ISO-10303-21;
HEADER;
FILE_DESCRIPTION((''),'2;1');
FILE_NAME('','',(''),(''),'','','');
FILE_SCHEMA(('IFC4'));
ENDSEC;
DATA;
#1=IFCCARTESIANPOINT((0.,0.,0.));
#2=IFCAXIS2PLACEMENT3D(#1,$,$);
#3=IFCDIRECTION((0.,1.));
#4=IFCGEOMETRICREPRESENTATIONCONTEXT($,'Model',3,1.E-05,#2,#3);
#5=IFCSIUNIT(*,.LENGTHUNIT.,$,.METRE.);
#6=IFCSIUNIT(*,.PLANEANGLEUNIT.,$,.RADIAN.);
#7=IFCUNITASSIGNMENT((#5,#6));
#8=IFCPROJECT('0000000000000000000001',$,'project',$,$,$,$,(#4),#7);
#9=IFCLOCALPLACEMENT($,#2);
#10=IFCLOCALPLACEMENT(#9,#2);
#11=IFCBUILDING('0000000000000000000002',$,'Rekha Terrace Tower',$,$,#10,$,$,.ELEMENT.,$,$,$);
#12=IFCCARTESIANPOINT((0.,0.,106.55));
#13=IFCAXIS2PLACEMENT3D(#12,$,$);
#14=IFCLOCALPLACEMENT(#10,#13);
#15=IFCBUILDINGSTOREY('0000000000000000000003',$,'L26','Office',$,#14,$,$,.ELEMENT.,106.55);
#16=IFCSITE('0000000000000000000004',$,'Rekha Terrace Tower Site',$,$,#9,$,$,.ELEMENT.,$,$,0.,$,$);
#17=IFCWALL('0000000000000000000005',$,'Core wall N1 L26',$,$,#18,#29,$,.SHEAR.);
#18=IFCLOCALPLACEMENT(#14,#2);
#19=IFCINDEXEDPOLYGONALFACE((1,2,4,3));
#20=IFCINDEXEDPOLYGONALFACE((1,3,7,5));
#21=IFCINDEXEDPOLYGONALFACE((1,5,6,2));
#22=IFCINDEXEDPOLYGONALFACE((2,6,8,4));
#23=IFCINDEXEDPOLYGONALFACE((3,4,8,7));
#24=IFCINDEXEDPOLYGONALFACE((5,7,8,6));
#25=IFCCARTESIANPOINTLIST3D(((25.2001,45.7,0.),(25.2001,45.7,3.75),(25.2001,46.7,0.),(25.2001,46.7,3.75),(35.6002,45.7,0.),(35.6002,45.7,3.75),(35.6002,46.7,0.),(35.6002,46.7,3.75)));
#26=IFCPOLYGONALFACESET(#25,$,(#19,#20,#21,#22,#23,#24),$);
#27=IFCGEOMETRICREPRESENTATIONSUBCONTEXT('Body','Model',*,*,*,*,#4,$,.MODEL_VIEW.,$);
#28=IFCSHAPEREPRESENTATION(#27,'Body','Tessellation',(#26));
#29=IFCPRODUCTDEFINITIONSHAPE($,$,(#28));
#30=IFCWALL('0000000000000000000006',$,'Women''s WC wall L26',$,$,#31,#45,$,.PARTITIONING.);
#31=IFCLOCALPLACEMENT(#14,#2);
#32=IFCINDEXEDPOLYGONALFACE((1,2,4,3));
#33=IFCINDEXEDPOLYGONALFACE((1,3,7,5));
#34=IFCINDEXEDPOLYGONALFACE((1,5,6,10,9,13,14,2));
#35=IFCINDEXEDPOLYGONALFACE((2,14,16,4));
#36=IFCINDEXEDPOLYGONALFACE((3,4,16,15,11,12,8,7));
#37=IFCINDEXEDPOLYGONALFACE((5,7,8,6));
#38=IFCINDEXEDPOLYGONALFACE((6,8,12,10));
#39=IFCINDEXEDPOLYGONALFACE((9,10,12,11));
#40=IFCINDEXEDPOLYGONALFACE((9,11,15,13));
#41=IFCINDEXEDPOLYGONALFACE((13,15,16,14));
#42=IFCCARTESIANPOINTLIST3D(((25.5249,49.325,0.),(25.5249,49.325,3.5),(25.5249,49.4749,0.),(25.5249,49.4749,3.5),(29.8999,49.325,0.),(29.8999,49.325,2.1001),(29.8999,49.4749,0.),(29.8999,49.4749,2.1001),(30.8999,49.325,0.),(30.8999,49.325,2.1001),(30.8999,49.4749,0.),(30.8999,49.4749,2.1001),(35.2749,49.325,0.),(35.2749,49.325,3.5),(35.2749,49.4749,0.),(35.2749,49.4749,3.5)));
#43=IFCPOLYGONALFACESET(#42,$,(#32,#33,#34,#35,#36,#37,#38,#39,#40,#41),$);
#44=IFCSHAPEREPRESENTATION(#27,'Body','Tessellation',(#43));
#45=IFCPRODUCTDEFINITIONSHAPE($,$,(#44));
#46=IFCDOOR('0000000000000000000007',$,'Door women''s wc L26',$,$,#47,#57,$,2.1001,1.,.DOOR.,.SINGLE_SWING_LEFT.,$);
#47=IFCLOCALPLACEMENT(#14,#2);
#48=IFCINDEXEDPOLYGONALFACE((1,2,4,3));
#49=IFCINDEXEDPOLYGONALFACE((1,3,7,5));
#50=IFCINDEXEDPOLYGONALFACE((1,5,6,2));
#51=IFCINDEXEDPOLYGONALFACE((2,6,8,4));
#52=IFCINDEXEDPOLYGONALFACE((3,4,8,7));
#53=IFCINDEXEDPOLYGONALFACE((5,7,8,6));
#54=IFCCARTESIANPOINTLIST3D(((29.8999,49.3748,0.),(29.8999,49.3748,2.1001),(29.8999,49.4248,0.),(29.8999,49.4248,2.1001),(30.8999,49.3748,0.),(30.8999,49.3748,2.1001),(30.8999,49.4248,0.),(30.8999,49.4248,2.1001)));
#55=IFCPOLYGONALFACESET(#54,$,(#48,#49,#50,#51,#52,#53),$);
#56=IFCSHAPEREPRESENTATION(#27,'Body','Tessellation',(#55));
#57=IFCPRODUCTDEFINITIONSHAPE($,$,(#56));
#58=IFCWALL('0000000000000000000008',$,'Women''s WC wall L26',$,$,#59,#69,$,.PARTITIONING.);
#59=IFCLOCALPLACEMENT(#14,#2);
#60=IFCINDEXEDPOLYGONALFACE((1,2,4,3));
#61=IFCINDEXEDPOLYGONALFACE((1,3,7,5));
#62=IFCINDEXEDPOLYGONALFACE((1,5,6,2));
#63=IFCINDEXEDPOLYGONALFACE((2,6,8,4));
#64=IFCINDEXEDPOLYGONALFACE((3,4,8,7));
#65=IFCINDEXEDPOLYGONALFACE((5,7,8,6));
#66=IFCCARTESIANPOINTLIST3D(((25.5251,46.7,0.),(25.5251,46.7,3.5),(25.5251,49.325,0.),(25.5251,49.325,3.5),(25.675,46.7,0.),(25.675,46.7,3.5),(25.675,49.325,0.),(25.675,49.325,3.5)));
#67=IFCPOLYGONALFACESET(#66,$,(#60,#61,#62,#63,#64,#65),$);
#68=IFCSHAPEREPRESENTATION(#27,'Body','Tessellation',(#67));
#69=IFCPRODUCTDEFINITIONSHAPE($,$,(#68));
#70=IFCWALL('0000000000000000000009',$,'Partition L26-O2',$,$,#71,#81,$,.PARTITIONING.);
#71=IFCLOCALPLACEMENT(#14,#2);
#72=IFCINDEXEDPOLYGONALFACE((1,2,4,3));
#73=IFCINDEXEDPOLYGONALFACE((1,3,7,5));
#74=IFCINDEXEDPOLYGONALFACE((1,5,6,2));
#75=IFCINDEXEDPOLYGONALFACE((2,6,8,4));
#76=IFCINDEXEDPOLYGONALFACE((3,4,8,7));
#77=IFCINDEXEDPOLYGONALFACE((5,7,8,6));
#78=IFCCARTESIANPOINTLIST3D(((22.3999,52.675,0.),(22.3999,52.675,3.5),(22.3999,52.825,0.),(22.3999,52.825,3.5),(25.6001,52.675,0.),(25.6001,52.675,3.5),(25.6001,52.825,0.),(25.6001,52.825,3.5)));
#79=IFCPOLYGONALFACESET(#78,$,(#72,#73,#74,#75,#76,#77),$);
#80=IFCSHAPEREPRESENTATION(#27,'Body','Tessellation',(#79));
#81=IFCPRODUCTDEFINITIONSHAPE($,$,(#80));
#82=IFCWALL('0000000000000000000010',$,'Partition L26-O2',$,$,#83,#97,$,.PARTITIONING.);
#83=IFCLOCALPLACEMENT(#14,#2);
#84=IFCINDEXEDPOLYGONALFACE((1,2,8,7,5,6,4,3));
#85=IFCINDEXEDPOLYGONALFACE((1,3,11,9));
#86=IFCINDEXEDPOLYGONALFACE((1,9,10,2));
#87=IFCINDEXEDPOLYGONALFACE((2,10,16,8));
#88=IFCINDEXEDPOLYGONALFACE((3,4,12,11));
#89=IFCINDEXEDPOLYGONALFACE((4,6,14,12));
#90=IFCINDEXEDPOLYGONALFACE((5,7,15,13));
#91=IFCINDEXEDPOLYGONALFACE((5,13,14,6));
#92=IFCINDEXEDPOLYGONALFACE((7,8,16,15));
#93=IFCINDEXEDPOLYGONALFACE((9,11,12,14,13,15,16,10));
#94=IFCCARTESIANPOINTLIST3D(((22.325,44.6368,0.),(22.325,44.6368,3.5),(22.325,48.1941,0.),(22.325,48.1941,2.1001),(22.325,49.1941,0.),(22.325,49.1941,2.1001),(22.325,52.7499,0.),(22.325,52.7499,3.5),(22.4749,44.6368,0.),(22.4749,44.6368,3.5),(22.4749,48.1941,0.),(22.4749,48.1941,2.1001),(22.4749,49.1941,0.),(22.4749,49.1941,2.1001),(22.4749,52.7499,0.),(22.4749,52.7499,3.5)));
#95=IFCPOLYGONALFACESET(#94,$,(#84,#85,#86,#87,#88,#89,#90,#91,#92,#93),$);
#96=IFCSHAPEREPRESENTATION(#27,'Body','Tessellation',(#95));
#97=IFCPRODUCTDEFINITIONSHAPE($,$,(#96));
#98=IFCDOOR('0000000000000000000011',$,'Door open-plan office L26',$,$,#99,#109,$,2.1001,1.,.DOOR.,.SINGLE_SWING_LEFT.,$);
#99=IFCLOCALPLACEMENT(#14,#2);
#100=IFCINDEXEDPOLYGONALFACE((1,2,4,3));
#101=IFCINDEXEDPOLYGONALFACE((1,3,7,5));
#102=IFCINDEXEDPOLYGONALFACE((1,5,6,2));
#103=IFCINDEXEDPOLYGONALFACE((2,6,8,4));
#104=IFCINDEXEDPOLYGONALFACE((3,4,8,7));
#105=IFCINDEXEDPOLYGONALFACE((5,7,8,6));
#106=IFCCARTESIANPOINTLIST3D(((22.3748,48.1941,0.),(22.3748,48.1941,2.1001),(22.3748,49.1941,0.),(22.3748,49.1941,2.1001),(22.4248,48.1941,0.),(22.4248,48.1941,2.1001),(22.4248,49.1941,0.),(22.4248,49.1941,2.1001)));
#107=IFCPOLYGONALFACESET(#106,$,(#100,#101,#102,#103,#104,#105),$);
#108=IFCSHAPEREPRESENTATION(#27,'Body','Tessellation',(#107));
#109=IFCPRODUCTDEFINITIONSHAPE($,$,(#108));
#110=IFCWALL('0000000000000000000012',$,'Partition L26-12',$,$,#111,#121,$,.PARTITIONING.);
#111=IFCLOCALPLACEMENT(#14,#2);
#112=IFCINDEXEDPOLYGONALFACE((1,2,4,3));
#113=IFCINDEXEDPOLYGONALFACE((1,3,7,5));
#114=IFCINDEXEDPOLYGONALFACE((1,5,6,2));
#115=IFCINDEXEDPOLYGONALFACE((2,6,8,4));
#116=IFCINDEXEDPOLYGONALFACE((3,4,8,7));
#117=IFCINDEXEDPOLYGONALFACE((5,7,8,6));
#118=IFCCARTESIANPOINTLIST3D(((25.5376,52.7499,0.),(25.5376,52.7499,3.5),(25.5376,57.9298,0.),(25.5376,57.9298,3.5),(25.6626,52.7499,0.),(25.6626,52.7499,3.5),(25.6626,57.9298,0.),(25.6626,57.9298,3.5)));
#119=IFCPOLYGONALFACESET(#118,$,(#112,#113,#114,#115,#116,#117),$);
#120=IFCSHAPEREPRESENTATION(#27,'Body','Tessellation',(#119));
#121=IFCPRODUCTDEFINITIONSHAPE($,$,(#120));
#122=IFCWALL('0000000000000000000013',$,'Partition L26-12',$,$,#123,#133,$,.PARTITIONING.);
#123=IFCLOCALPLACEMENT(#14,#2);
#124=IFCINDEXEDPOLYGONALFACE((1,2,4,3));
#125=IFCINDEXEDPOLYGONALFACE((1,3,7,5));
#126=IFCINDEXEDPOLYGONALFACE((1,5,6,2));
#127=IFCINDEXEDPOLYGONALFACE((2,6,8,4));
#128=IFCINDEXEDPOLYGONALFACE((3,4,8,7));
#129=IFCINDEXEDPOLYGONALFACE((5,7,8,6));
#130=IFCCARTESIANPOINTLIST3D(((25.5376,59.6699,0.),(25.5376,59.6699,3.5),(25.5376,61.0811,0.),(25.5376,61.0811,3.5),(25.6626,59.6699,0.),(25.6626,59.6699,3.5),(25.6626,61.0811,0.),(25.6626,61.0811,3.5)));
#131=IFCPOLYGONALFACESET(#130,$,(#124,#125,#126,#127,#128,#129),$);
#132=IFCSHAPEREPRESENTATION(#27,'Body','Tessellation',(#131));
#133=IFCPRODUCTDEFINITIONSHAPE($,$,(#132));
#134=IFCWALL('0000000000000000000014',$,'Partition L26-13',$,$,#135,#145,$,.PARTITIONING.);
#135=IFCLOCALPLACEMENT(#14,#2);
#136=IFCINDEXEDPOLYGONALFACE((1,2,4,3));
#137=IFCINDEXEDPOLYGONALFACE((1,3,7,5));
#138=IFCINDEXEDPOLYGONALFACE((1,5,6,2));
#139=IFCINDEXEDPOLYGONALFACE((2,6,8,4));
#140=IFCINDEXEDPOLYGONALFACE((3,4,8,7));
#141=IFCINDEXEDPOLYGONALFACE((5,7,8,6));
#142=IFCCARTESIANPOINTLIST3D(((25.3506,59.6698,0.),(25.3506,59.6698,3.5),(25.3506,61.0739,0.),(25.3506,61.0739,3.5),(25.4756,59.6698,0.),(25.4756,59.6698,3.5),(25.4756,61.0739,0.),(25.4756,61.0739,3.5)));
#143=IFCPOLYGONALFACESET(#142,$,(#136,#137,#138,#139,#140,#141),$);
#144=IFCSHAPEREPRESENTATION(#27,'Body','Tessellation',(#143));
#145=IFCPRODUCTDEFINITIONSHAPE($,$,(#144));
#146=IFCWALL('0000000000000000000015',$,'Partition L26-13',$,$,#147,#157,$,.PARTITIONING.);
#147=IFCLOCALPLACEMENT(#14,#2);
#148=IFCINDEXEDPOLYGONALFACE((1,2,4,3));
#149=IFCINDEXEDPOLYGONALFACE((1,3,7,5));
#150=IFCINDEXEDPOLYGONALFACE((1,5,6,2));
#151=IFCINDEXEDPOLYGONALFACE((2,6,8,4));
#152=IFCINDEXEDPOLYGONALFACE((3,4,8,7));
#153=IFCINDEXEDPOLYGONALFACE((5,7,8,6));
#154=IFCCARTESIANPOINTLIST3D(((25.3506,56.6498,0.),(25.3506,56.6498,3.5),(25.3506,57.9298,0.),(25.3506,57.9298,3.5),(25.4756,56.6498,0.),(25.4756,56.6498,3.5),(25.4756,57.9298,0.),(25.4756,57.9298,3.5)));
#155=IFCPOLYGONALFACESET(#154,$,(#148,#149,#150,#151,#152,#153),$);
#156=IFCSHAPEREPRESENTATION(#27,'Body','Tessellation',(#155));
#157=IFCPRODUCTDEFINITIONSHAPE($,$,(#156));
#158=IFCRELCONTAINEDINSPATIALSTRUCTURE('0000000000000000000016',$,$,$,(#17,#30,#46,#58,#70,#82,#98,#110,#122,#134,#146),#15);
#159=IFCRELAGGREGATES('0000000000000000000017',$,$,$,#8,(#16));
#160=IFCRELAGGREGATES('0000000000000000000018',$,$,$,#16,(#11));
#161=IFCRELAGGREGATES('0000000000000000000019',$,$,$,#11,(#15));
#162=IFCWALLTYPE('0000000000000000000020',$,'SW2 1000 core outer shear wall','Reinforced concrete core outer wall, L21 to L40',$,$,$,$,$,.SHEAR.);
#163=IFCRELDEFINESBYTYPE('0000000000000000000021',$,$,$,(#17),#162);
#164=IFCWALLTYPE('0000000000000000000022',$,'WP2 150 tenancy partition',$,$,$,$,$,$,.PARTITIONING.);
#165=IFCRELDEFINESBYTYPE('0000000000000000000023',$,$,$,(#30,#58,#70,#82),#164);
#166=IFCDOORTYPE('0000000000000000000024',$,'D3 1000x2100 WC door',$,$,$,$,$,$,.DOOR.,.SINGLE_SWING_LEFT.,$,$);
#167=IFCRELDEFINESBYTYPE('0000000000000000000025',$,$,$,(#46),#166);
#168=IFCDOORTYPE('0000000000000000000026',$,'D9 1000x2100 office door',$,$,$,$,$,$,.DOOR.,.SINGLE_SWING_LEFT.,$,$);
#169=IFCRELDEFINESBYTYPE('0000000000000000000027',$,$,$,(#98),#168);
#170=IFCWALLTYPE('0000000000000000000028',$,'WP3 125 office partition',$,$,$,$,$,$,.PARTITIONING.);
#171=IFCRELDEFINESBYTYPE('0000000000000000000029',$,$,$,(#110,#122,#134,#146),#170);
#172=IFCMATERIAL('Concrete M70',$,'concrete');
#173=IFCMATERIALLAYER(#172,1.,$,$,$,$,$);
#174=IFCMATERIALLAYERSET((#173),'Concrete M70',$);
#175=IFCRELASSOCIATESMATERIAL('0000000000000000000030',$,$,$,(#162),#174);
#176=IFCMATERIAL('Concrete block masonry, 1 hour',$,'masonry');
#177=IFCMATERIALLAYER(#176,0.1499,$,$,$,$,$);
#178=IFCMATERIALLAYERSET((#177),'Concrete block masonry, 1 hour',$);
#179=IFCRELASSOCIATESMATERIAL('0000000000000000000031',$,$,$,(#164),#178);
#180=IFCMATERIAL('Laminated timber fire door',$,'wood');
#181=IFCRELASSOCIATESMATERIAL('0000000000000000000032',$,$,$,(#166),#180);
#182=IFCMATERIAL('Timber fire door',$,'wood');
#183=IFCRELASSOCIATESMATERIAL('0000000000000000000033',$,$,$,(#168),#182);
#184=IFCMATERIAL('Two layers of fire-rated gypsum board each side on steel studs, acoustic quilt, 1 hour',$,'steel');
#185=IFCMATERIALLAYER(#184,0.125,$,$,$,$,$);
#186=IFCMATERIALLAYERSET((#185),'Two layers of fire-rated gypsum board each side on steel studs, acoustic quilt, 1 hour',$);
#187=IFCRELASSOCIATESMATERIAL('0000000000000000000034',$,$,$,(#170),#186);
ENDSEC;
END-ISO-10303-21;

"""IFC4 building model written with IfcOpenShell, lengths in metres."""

from ifc_helpers import new_model, si_unit, direction, frame, frame_2d, origin, place, context, subcontext, project, spatial, rectangle, extrude, material, layer, layer_set, type_object, element, fill, save


model = new_model("IFC4")

# Units and contexts
model_context = context("Model", 3, precision=1e-05, world=origin(), true_north=direction((0.0, 1.0)))
body_context = subcontext(model_context, "Body", "Model", "MODEL_VIEW")
ifc_project = project(units=[si_unit("LENGTHUNIT", "METRE"), si_unit("PLANEANGLEUNIT", "RADIAN")], contexts=[model_context])

# Site, building, storey
site_placement = place(None, origin())
site = spatial("IfcSite", under=ifc_project, at=site_placement, Name="Rekha Terrace Tower Site", CompositionType="ELEMENT", RefElevation=0.0)
building_placement = place(site_placement, origin())
building = spatial("IfcBuilding", under=site, at=building_placement, Name="Rekha Terrace Tower", CompositionType="ELEMENT")
storey_placement = place(building_placement, frame((0.0, 0.0, 106.55)))
storey = spatial("IfcBuildingStorey", under=building, at=storey_placement, Name="L26", Description="Office", CompositionType="ELEMENT", Elevation=106.55)

# Shared definitions
ifc_material_1 = material(Name="Concrete M70", Category="concrete")

# Wall
ifc_layer_1 = layer(ifc_material_1, 1.0)
ifc_layer_set_1 = layer_set([ifc_layer_1], Name="Concrete M70")
wall_type_1 = type_object("IfcWallType", Name="SW2 1000 core outer shear wall", Description="Reinforced concrete core outer wall, L21 to L40", PredefinedType="SHEAR", material=ifc_layer_set_1)
wall_1_placement = place(storey_placement, frame((25.2, 46.2, 0.0), z_axis=(0.0, 0.0, 1.0), x_axis=(1.0, 0.0, 0.0)))
element("IfcWall", 1, at=wall_1_placement, inside=storey, type_object=wall_type_1, Name="Core wall N1 L26", PredefinedType="SHEAR", context=body_context, shape_type="SweptSolid", body=[
    extrude(rectangle(XDim=10.4001, YDim=1.0, at=frame_2d((5.2002, 0.0))), origin(), (0.0, 0.0, 1.0), 3.75),
])

# Wall, opening, door
ifc_material_2 = material(Name="Concrete block masonry, 1 hour", Category="masonry")
ifc_layer_2 = layer(ifc_material_2, 0.1499)
ifc_layer_set_2 = layer_set([ifc_layer_2], Name="Concrete block masonry, 1 hour")
wall_type_2 = type_object("IfcWallType", Name="WP2 150 tenancy partition", PredefinedType="PARTITIONING", material=ifc_layer_set_2)
wall_2_placement = place(storey_placement, frame((25.5249, 49.3999, 0.0), z_axis=(0.0, 0.0, 1.0), x_axis=(1.0, 0.0, 0.0)))
wall_2 = element("IfcWall", 2, at=wall_2_placement, inside=storey, type_object=wall_type_2, Name="Women's WC wall L26", PredefinedType="PARTITIONING", context=body_context, shape_type="SweptSolid", body=[
    extrude(rectangle(XDim=9.75, YDim=0.1499, at=frame_2d((4.875, 0.0))), origin(), (0.0, 0.0, 1.0), 3.5),
])
opening_1_placement = place(wall_2_placement, frame((4.375, 0.0, 0.0)))
opening_1 = element("IfcOpeningElement", 3, at=opening_1_placement, cuts=wall_2, PredefinedType="OPENING", context=body_context, shape_type="SweptSolid", body=[
    extrude(rectangle(XDim=1.0, YDim=2.1001, at=frame_2d((0.5, 1.05))), frame((0.0, 0.085, 0.0), z_axis=(0.0, -1.0, 0.0), x_axis=(1.0, 0.0, 0.0)), (0.0, 0.0, 1.0), 0.1699),
])
ifc_material_3 = material(Name="Laminated timber fire door", Category="wood")
door_type_1 = type_object("IfcDoorType", Name="D3 1000x2100 WC door", OperationType="SINGLE_SWING_LEFT", PredefinedType="DOOR", material=ifc_material_3)
door_1_placement = place(opening_1_placement, origin())
door_1 = element("IfcDoor", 4, at=door_1_placement, inside=storey, type_object=door_type_1, Name="Door women's wc L26", OperationType="SINGLE_SWING_LEFT", OverallHeight=2.1001, OverallWidth=1.0, PredefinedType="DOOR", context=body_context, shape_type="SweptSolid", body=[
    extrude(rectangle(XDim=1.0, YDim=2.1001, at=frame_2d((0.5, 1.05))), frame((0.0, 0.0249, 0.0), z_axis=(0.0, -1.0, 0.0), x_axis=(1.0, 0.0, 0.0)), (0.0, 0.0, 1.0), 0.05),
])
fill(opening_1, door_1)

# Walls
wall_3_placement = place(storey_placement, frame((25.6001, 46.7, 0.0), z_axis=(0.0, 0.0, 1.0), x_axis=(0.0, 1.0, 0.0)))
element("IfcWall", 5, at=wall_3_placement, inside=storey, type_object=wall_type_2, Name="Women's WC wall L26", PredefinedType="PARTITIONING", context=body_context, shape_type="SweptSolid", body=[
    extrude(rectangle(XDim=2.625, YDim=0.1499, at=frame_2d((1.3125, 0.0))), origin(), (0.0, 0.0, 1.0), 3.5),
])
wall_4_placement = place(storey_placement, frame((25.6001, 52.75, 0.0), z_axis=(0.0, 0.0, 1.0), x_axis=(-1.0, 0.0, 0.0)))
element("IfcWall", 6, at=wall_4_placement, inside=storey, type_object=wall_type_2, Name="Partition L26-O2", PredefinedType="PARTITIONING", context=body_context, shape_type="SweptSolid", body=[
    extrude(rectangle(XDim=3.2002, YDim=0.1499, at=frame_2d((1.6001, 0.0))), origin(), (0.0, 0.0, 1.0), 3.5),
])

# Wall, opening, door
wall_5_placement = place(storey_placement, frame((22.3999, 52.75, 0.0), z_axis=(0.0, 0.0, 1.0), x_axis=(0.0, -1.0, 0.0)))
wall_5 = element("IfcWall", 7, at=wall_5_placement, inside=storey, type_object=wall_type_2, Name="Partition L26-O2", PredefinedType="PARTITIONING", context=body_context, shape_type="SweptSolid", body=[
    extrude(rectangle(XDim=8.113, YDim=0.1499, at=frame_2d((4.0566, 0.0))), origin(), (0.0, 0.0, 1.0), 3.5),
])
opening_2_placement = place(wall_5_placement, frame((3.5559, 0.0, 0.0)))
opening_2 = element("IfcOpeningElement", 8, at=opening_2_placement, cuts=wall_5, PredefinedType="OPENING", context=body_context, shape_type="SweptSolid", body=[
    extrude(rectangle(XDim=1.0, YDim=2.1001, at=frame_2d((0.5, 1.05))), frame((0.0, 0.085, 0.0), z_axis=(0.0, -1.0, 0.0), x_axis=(1.0, 0.0, 0.0)), (0.0, 0.0, 1.0), 0.1699),
])
ifc_material_4 = material(Name="Timber fire door", Category="wood")
door_type_2 = type_object("IfcDoorType", Name="D9 1000x2100 office door", OperationType="SINGLE_SWING_LEFT", PredefinedType="DOOR", material=ifc_material_4)
door_2_placement = place(opening_2_placement, origin())
door_2 = element("IfcDoor", 9, at=door_2_placement, inside=storey, type_object=door_type_2, Name="Door open-plan office L26", OperationType="SINGLE_SWING_LEFT", OverallHeight=2.1001, OverallWidth=1.0, PredefinedType="DOOR", context=body_context, shape_type="SweptSolid", body=[
    extrude(rectangle(XDim=1.0, YDim=2.1001, at=frame_2d((0.5, 1.05))), frame((0.0, 0.0249, 0.0), z_axis=(0.0, -1.0, 0.0), x_axis=(1.0, 0.0, 0.0)), (0.0, 0.0, 1.0), 0.05),
])
fill(opening_2, door_2)

# Walls
ifc_material_5 = material(Name="Two layers of fire-rated gypsum board each side on steel studs, acoustic quilt, 1 hour", Category="steel")
ifc_layer_3 = layer(ifc_material_5, 0.125)
ifc_layer_set_3 = layer_set([ifc_layer_3], Name="Two layers of fire-rated gypsum board each side on steel studs, acoustic quilt, 1 hour")
wall_type_3 = type_object("IfcWallType", Name="WP3 125 office partition", PredefinedType="PARTITIONING", material=ifc_layer_set_3)
wall_6_placement = place(storey_placement, frame((25.6001, 52.75, 0.0), z_axis=(0.0, 0.0, 1.0), x_axis=(0.0, 1.0, 0.0)))
element("IfcWall", 10, at=wall_6_placement, inside=storey, type_object=wall_type_3, Name="Partition L26-12", PredefinedType="PARTITIONING", context=body_context, shape_type="SweptSolid", body=[
    extrude(rectangle(XDim=5.1799, YDim=0.125, at=frame_2d((2.5898, 0.0))), origin(), (0.0, 0.0, 1.0), 3.5),
])
wall_7_placement = place(storey_placement, frame((25.6001, 59.6699, 0.0), z_axis=(0.0, 0.0, 1.0), x_axis=(0.0, 1.0, 0.0)))
element("IfcWall", 11, at=wall_7_placement, inside=storey, type_object=wall_type_3, Name="Partition L26-12", PredefinedType="PARTITIONING", context=body_context, shape_type="SweptSolid", body=[
    extrude(rectangle(XDim=1.4111, YDim=0.125, at=frame_2d((0.7056, 0.0))), origin(), (0.0, 0.0, 1.0), 3.5),
])
wall_8_placement = place(storey_placement, frame((25.4131, 61.074, 0.0), z_axis=(0.0, 0.0, 1.0), x_axis=(0.0, -1.0, 0.0)))
element("IfcWall", 12, at=wall_8_placement, inside=storey, type_object=wall_type_3, Name="Partition L26-13", PredefinedType="PARTITIONING", context=body_context, shape_type="SweptSolid", body=[
    extrude(rectangle(XDim=1.4041, YDim=0.125, at=frame_2d((0.7021, 0.0))), origin(), (0.0, 0.0, 1.0), 3.5),
])
wall_9_placement = place(storey_placement, frame((25.4131, 57.9299, 0.0), z_axis=(0.0, 0.0, 1.0), x_axis=(0.0, -1.0, 0.0)))
element("IfcWall", 13, at=wall_9_placement, inside=storey, type_object=wall_type_3, Name="Partition L26-13", PredefinedType="PARTITIONING", context=body_context, shape_type="SweptSolid", body=[
    extrude(rectangle(XDim=1.28, YDim=0.125, at=frame_2d((0.6401, 0.0))), origin(), (0.0, 0.0, 1.0), 3.5),
])

save(model, "model.ifc")
